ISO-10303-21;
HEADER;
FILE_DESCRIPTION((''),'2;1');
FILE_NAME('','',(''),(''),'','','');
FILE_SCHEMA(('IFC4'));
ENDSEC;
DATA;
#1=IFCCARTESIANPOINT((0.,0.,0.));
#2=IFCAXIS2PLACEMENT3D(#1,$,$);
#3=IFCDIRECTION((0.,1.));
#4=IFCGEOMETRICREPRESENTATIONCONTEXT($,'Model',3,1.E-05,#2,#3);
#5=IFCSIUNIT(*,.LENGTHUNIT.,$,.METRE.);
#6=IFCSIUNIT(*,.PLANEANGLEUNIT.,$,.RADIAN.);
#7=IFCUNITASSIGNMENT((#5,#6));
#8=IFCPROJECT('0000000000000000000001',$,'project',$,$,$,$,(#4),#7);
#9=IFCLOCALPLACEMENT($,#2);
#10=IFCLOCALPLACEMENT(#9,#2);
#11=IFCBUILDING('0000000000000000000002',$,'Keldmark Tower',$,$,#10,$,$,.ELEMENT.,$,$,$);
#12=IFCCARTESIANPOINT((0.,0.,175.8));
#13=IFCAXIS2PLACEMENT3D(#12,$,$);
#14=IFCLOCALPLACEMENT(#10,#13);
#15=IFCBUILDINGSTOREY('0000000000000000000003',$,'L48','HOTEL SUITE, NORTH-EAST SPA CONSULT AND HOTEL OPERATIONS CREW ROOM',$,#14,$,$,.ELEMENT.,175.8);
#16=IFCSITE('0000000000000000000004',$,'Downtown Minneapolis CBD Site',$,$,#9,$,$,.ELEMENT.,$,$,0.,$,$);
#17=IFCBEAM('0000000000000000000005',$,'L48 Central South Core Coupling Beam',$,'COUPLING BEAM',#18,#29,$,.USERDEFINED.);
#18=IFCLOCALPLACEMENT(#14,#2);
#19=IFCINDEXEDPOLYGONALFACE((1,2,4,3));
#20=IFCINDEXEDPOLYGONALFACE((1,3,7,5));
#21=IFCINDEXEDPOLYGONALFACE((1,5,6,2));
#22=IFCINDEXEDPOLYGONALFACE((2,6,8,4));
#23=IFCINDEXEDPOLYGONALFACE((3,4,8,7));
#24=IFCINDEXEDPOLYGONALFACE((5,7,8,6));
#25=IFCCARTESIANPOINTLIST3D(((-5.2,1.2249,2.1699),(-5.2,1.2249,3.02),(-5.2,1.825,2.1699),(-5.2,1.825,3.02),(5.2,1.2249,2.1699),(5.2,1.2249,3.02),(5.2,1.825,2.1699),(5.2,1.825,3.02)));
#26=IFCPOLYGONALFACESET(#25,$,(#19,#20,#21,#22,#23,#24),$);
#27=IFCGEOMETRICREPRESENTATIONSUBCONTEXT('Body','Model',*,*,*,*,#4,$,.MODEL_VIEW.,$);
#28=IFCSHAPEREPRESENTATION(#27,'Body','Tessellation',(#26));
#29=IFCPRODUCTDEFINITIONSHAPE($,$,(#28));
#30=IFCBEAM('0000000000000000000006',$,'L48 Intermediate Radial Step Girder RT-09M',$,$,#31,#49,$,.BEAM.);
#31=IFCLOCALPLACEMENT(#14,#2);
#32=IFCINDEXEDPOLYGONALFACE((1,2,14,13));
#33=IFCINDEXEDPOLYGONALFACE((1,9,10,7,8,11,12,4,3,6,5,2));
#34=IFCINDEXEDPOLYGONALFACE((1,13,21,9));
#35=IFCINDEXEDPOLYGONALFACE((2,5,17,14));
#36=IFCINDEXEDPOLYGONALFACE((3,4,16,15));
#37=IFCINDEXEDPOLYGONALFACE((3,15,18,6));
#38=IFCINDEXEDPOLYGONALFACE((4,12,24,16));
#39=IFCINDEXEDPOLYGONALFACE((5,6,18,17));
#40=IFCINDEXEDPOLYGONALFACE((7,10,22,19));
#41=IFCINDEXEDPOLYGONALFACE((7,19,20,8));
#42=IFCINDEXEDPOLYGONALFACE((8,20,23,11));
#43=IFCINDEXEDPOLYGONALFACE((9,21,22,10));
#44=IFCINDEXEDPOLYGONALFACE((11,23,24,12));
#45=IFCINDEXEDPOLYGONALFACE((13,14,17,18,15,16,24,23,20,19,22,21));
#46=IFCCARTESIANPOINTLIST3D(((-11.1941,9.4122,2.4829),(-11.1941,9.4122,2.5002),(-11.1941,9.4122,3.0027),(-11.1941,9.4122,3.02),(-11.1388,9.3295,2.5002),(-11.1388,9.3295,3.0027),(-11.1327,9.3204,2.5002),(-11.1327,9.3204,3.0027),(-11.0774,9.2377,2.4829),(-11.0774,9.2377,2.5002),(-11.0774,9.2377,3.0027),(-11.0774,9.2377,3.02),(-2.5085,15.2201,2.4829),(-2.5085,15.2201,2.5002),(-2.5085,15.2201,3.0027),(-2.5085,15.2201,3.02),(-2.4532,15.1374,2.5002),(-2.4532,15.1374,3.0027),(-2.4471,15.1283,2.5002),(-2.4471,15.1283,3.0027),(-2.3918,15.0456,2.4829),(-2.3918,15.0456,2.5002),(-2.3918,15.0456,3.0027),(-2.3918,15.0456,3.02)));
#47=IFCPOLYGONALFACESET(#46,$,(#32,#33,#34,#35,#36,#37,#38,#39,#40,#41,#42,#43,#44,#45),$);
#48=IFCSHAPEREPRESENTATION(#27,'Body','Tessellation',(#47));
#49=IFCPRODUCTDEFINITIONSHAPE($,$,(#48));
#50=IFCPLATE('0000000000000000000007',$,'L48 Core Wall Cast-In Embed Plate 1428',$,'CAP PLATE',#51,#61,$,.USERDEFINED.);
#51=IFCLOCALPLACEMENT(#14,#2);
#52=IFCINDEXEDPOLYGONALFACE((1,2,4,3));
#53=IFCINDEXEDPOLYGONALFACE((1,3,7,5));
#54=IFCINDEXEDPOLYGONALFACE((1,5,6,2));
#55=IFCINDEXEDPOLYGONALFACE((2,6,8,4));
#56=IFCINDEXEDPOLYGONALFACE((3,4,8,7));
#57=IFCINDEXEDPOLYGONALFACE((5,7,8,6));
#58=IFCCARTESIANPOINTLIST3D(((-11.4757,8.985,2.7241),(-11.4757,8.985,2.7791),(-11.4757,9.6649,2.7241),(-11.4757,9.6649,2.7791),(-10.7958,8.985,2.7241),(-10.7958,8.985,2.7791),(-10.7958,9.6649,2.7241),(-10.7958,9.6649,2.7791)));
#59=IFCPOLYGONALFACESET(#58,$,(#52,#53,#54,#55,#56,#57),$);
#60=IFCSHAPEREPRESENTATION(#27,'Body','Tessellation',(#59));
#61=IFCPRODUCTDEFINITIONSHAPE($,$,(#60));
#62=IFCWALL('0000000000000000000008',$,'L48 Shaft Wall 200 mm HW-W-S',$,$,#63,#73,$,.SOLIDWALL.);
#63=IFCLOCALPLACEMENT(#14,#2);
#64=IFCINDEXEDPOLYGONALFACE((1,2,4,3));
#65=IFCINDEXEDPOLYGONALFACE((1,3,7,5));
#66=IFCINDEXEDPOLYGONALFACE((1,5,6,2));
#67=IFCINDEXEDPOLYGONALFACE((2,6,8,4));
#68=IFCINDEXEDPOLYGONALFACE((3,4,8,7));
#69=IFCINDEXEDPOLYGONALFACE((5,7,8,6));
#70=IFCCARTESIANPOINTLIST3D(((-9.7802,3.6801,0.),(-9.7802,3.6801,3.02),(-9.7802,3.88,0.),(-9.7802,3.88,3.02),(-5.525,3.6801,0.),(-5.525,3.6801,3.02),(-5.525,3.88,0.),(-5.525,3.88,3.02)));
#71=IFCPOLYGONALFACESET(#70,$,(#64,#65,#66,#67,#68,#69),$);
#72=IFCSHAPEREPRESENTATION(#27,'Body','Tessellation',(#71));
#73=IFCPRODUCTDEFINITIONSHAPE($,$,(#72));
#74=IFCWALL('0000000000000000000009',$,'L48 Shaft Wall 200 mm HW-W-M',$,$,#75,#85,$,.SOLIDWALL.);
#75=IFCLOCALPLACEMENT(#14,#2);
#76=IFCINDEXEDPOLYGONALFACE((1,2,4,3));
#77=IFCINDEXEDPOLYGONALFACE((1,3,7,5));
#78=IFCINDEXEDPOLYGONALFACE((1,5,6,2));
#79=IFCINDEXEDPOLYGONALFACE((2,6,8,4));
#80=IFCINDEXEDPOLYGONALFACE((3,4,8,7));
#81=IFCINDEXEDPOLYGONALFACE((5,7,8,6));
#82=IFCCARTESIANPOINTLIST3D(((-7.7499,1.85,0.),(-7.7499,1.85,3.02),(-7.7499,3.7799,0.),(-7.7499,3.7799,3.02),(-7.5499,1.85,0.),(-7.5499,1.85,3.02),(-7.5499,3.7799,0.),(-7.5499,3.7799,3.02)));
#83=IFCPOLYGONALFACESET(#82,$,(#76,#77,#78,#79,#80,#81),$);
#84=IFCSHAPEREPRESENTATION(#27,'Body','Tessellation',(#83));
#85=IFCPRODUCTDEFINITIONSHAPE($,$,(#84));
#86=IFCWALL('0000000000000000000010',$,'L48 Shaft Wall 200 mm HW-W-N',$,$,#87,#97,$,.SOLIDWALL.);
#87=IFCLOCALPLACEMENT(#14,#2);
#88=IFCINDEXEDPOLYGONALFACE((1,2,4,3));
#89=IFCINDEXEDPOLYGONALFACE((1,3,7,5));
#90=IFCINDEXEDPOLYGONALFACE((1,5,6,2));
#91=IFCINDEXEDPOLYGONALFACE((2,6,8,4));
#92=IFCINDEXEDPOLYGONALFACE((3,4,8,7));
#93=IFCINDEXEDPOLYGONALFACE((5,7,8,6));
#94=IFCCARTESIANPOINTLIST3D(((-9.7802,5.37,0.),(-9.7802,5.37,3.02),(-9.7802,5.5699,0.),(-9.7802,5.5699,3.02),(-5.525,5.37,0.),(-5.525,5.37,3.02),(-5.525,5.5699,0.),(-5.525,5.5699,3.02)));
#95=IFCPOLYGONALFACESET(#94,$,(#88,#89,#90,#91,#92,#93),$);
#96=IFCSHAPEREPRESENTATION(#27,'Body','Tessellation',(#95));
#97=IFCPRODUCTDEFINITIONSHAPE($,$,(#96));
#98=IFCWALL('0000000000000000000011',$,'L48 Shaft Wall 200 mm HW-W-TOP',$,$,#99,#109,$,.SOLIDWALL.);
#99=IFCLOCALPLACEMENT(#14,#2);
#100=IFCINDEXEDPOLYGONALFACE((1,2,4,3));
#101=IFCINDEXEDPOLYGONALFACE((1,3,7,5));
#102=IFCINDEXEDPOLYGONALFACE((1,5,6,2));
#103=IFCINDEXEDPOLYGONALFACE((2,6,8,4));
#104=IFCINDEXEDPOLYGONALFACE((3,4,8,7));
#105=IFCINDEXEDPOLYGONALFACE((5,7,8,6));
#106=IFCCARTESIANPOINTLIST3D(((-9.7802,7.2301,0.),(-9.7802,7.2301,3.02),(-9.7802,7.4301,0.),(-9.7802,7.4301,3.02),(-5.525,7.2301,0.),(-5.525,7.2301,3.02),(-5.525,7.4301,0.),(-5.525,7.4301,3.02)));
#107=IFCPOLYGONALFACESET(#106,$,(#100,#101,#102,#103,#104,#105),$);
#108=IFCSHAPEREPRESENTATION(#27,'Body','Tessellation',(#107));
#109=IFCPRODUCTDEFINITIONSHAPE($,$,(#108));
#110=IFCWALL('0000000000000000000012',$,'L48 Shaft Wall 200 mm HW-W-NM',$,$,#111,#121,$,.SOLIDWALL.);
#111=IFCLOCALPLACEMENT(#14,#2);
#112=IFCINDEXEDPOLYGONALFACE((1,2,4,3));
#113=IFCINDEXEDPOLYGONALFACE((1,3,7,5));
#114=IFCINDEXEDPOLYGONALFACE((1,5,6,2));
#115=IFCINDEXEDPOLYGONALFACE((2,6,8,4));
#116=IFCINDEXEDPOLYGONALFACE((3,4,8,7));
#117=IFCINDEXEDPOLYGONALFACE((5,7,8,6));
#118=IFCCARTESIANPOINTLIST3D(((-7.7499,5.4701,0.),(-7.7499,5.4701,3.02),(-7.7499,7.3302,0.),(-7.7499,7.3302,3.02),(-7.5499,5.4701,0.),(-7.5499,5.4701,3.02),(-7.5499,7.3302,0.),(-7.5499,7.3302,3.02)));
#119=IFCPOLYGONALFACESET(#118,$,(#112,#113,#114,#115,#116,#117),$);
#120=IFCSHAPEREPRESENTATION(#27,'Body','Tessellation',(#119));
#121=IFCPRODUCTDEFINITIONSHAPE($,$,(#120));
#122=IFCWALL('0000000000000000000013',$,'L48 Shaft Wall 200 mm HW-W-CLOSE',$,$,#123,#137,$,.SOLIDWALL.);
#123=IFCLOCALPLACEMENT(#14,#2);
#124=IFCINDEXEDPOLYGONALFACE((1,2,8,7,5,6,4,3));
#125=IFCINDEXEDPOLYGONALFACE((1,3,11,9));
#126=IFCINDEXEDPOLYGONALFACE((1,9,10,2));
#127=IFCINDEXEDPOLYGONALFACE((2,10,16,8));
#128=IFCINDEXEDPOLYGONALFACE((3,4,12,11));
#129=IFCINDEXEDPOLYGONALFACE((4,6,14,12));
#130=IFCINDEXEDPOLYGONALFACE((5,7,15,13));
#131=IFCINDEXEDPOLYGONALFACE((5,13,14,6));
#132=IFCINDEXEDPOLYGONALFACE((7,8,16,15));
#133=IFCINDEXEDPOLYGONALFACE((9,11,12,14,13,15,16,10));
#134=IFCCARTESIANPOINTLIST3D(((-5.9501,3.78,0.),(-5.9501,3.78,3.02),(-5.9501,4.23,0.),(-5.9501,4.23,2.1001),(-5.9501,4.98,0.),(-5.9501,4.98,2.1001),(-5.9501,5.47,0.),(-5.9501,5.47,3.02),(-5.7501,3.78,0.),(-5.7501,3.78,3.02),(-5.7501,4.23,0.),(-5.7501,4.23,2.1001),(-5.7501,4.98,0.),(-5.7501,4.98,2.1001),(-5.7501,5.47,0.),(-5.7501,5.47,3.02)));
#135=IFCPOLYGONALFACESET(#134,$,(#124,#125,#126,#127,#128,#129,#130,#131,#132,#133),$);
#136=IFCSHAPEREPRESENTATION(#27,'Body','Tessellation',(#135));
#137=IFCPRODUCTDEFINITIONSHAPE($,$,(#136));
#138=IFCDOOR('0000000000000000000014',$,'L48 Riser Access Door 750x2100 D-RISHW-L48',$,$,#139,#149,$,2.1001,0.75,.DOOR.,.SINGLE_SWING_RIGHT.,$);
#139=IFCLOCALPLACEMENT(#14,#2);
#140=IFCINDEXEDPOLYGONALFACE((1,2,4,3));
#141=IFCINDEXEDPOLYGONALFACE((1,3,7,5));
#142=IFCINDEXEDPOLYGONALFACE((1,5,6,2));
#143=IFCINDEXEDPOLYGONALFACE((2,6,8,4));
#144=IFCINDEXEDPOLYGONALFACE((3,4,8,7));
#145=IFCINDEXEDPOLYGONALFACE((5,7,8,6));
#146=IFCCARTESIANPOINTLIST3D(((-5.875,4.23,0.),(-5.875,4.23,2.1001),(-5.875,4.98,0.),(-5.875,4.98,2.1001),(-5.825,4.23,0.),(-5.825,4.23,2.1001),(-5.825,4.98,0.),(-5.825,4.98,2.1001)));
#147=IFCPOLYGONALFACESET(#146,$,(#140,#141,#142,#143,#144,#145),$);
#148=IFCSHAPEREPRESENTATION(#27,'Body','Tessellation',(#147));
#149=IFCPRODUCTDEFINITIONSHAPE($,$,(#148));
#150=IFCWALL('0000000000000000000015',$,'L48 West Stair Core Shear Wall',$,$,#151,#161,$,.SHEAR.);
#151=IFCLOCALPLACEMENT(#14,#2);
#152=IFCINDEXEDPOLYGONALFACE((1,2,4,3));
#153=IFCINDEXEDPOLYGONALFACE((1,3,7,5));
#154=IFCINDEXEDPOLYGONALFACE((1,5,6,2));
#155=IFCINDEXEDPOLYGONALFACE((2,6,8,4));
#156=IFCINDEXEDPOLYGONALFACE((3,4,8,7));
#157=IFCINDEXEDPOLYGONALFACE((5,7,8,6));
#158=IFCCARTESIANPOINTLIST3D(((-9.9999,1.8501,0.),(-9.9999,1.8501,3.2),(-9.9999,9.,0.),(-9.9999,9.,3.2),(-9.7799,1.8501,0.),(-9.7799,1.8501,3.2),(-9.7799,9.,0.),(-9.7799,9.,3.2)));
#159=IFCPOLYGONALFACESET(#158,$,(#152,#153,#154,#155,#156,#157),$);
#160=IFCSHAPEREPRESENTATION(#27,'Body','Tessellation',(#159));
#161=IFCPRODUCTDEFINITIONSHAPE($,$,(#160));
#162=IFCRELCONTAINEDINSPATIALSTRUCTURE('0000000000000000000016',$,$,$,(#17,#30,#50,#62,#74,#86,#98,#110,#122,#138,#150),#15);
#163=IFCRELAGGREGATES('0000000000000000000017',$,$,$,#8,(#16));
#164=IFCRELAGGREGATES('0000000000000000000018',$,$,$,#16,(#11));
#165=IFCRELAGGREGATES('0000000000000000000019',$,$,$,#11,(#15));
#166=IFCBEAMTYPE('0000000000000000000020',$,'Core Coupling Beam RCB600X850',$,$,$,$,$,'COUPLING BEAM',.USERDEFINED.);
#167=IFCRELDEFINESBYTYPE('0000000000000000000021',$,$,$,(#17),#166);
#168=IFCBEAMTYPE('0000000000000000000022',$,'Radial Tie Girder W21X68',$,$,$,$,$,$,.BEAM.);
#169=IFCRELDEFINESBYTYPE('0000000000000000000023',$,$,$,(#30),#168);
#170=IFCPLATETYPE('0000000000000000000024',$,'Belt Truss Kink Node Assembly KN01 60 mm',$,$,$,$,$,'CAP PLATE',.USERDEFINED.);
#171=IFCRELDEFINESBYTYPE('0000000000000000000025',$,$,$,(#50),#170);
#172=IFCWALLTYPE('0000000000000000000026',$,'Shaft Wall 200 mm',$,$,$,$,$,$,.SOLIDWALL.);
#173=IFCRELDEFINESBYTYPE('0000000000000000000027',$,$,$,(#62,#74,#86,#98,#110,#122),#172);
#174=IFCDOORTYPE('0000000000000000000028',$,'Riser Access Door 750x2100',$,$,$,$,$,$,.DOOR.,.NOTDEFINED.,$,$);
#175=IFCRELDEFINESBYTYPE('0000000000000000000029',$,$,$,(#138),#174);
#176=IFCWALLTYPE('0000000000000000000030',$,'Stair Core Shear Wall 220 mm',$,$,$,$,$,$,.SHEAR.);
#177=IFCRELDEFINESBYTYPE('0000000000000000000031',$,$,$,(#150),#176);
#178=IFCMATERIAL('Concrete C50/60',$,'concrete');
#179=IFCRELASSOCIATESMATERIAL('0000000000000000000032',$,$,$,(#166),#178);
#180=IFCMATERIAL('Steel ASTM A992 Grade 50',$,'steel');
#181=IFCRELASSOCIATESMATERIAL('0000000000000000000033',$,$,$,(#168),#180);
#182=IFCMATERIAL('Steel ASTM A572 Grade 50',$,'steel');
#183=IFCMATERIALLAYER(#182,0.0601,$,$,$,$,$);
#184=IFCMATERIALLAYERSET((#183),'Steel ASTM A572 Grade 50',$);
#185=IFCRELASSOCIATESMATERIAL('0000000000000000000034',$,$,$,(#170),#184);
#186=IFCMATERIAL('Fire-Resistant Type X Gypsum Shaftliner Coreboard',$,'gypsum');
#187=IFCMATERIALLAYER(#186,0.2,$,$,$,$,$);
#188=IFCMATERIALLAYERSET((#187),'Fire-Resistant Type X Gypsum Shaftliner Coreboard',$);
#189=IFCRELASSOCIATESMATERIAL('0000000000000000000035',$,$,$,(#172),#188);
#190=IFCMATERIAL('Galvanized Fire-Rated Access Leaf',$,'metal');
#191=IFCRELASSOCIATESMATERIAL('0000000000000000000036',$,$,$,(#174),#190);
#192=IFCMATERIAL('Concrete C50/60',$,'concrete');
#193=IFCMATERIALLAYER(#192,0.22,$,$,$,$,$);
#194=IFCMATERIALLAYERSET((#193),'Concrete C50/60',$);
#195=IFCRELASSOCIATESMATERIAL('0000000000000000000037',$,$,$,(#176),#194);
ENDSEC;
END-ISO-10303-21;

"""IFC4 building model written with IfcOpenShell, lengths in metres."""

from ifc_helpers import new_model, si_unit, direction, frame, frame_2d, origin, origin_2d, place, context, subcontext, project, spatial, rectangle, i_section, extrude, material, layer, layer_set, material_profile, profile_set, type_object, element, fill, save


model = new_model("IFC4")

# Units and contexts
model_context = context("Model", 3, precision=1e-05, world=origin(), true_north=direction((0.0, 1.0)))
body_context = subcontext(model_context, "Body", "Model", "MODEL_VIEW")
ifc_project = project(units=[si_unit("LENGTHUNIT", "METRE"), si_unit("PLANEANGLEUNIT", "RADIAN")], contexts=[model_context])

# Site, building, storey
site_placement = place(None, origin())
site = spatial("IfcSite", under=ifc_project, at=site_placement, Name="Downtown Minneapolis CBD Site", CompositionType="ELEMENT", RefElevation=0.0)
building_placement = place(site_placement, origin())
building = spatial("IfcBuilding", under=site, at=building_placement, Name="Keldmark Tower", CompositionType="ELEMENT")
storey_placement = place(building_placement, frame((0.0, 0.0, 175.8)))
storey = spatial("IfcBuildingStorey", under=building, at=storey_placement, Name="L48", Description="HOTEL SUITE, NORTH-EAST SPA CONSULT AND HOTEL OPERATIONS CREW ROOM", CompositionType="ELEMENT", Elevation=175.8)

# Beams
ifc_material_1 = material(Name="Concrete C50/60", Category="concrete")
ifc_material_profile_1 = material_profile(ifc_material_1, rectangle(XDim=0.6001, YDim=0.8501, at=origin_2d()), Name="RCB600X850")
ifc_profile_set_1 = profile_set([ifc_material_profile_1], Name="Concrete C50/60")
beam_type_1 = type_object("IfcBeamType", Name="Core Coupling Beam RCB600X850", ElementType="COUPLING BEAM", PredefinedType="USERDEFINED", material=ifc_profile_set_1)
beam_1_placement = place(storey_placement, frame((-5.2, 1.5249, 2.595), z_axis=(1.0, 0.0, 0.0), x_axis=(0.0, 1.0, 0.0)))
element("IfcBeam", 1, at=beam_1_placement, inside=storey, type_object=beam_type_1, Name="L48 Central South Core Coupling Beam", ObjectType="COUPLING BEAM", PredefinedType="USERDEFINED", context=body_context, shape_type="SweptSolid", body=[
    extrude(rectangle(XDim=0.6001, YDim=0.8501, at=origin_2d()), origin(), (0.0, 0.0, 1.0), 10.3999),
])
ifc_material_2 = material(Name="Steel ASTM A992 Grade 50", Category="steel")
ifc_material_profile_2 = material_profile(ifc_material_2, i_section(OverallWidth=0.21, OverallDepth=0.5371, WebThickness=0.011, FlangeThickness=0.0173, at=origin_2d()), Name="W21X68")
ifc_profile_set_2 = profile_set([ifc_material_profile_2], Name="Steel ASTM A992 Grade 50")
beam_type_2 = type_object("IfcBeamType", Name="Radial Tie Girder W21X68", PredefinedType="BEAM", material=ifc_profile_set_2)
beam_2_placement = place(storey_placement, frame((-11.1357, 9.325, 2.7515), z_axis=(0.831277, 0.555859, 0.0), x_axis=(-0.555859, 0.831277, 0.0)))
element("IfcBeam", 2, at=beam_2_placement, inside=storey, type_object=beam_type_2, Name="L48 Intermediate Radial Step Girder RT-09M", PredefinedType="BEAM", context=body_context, shape_type="SweptSolid", body=[
    extrude(i_section(OverallWidth=0.21, OverallDepth=0.5371, WebThickness=0.011, FlangeThickness=0.0173, at=origin_2d()), origin(), (0.0, 0.0, 1.0), 10.4485),
])

# Plate
ifc_material_3 = material(Name="Steel ASTM A572 Grade 50", Category="steel")
ifc_layer_1 = layer(ifc_material_3, 0.0601)
ifc_layer_set_1 = layer_set([ifc_layer_1], Name="Steel ASTM A572 Grade 50")
plate_type = type_object("IfcPlateType", Name="Belt Truss Kink Node Assembly KN01 60 mm", ElementType="CAP PLATE", PredefinedType="USERDEFINED", material=ifc_layer_set_1)
plate_placement = place(storey_placement, frame((-11.1357, 9.325, 2.7241), z_axis=(0.0, 0.0, 1.0), x_axis=(1.0, 0.0, 0.0)))
element("IfcPlate", 3, at=plate_placement, inside=storey, type_object=plate_type, Name="L48 Core Wall Cast-In Embed Plate 1428", ObjectType="CAP PLATE", PredefinedType="USERDEFINED", context=body_context, shape_type="SweptSolid", body=[
    extrude(rectangle(XDim=0.6799, YDim=0.6799, at=origin_2d()), origin(), (0.0, 0.0, 1.0), 0.0549),
])

# Walls
ifc_material_4 = material(Name="Fire-Resistant Type X Gypsum Shaftliner Coreboard", Category="gypsum")
ifc_layer_2 = layer(ifc_material_4, 0.2)
ifc_layer_set_2 = layer_set([ifc_layer_2], Name="Fire-Resistant Type X Gypsum Shaftliner Coreboard")
wall_type_1 = type_object("IfcWallType", Name="Shaft Wall 200 mm", PredefinedType="SOLIDWALL", material=ifc_layer_set_2)
wall_1_placement = place(storey_placement, frame((-9.78, 3.78, 0.0), z_axis=(0.0, 0.0, 1.0), x_axis=(1.0, 0.0, 0.0)))
element("IfcWall", 4, at=wall_1_placement, inside=storey, type_object=wall_type_1, Name="L48 Shaft Wall 200 mm HW-W-S", PredefinedType="SOLIDWALL", context=body_context, shape_type="SweptSolid", body=[
    extrude(rectangle(XDim=4.2551, YDim=0.2, at=frame_2d((2.1274, 0.0))), origin(), (0.0, 0.0, 1.0), 3.02),
])
wall_2_placement = place(storey_placement, frame((-7.6499, 1.8501, 0.0), z_axis=(0.0, 0.0, 1.0), x_axis=(0.0, 1.0, 0.0)))
element("IfcWall", 5, at=wall_2_placement, inside=storey, type_object=wall_type_1, Name="L48 Shaft Wall 200 mm HW-W-M", PredefinedType="SOLIDWALL", context=body_context, shape_type="SweptSolid", body=[
    extrude(rectangle(XDim=1.9299, YDim=0.2, at=frame_2d((0.9648, 0.0))), origin(), (0.0, 0.0, 1.0), 3.02),
])
for number, where, z_axis, x_axis, name in (
    (6, (-9.78, 5.47, 0.0), (0.0, 0.0, 1.0), (1.0, 0.0, 0.0), "L48 Shaft Wall 200 mm HW-W-N"),
    (7, (-9.78, 7.3301, 0.0), (0.0, 0.0, 1.0), (1.0, 0.0, 0.0), "L48 Shaft Wall 200 mm HW-W-TOP"),
):
    element("IfcWall", number, at=place(storey_placement, frame(where, z_axis=z_axis, x_axis=x_axis)), inside=storey, type_object=wall_type_1, Name=name, PredefinedType="SOLIDWALL", context=body_context, shape_type="SweptSolid", body=[
        extrude(rectangle(XDim=4.2551, YDim=0.2, at=frame_2d((2.1274, 0.0))), origin(), (0.0, 0.0, 1.0), 3.02),
    ])
wall_3_placement = place(storey_placement, frame((-7.6499, 5.47, 0.0), z_axis=(0.0, 0.0, 1.0), x_axis=(0.0, 1.0, 0.0)))
element("IfcWall", 8, at=wall_3_placement, inside=storey, type_object=wall_type_1, Name="L48 Shaft Wall 200 mm HW-W-NM", PredefinedType="SOLIDWALL", context=body_context, shape_type="SweptSolid", body=[
    extrude(rectangle(XDim=1.8601, YDim=0.2, at=frame_2d((0.9302, 0.0))), origin(), (0.0, 0.0, 1.0), 3.02),
])

# Wall, opening, door
wall_4_placement = place(storey_placement, frame((-5.8501, 3.78, 0.0), z_axis=(0.0, 0.0, 1.0), x_axis=(0.0, 1.0, 0.0)))
wall_4 = element("IfcWall", 9, at=wall_4_placement, inside=storey, type_object=wall_type_1, Name="L48 Shaft Wall 200 mm HW-W-CLOSE", PredefinedType="SOLIDWALL", context=body_context, shape_type="SweptSolid", body=[
    extrude(rectangle(XDim=1.6899, YDim=0.2, at=frame_2d((0.845, 0.0))), origin(), (0.0, 0.0, 1.0), 3.02),
])
opening_placement = place(wall_4_placement, frame((0.45, 0.0, 0.0)))
opening = element("IfcOpeningElement", 10, at=opening_placement, cuts=wall_4, PredefinedType="OPENING", context=body_context, shape_type="SweptSolid", body=[
    extrude(rectangle(XDim=0.75, YDim=2.1001, at=frame_2d((0.375, 1.05))), frame((0.0, 0.1099, 0.0), z_axis=(0.0, -1.0, 0.0), x_axis=(1.0, 0.0, 0.0)), (0.0, 0.0, 1.0), 0.22),
])
ifc_material_5 = material(Name="Galvanized Fire-Rated Access Leaf", Category="metal")
door_type = type_object("IfcDoorType", Name="Riser Access Door 750x2100", OperationType="NOTDEFINED", PredefinedType="DOOR", material=ifc_material_5)
door_placement = place(opening_placement, origin())
door = element("IfcDoor", 11, at=door_placement, inside=storey, type_object=door_type, Name="L48 Riser Access Door 750x2100 D-RISHW-L48", OperationType="SINGLE_SWING_RIGHT", OverallHeight=2.1001, OverallWidth=0.75, PredefinedType="DOOR", context=body_context, shape_type="SweptSolid", body=[
    extrude(rectangle(XDim=0.75, YDim=2.1001, at=frame_2d((0.375, 1.05))), frame((0.0, 0.0249, 0.0), z_axis=(0.0, -1.0, 0.0), x_axis=(1.0, 0.0, 0.0)), (0.0, 0.0, 1.0), 0.05),
])
fill(opening, door)

# Wall
ifc_material_6 = material(Name="Concrete C50/60", Category="concrete")
ifc_layer_3 = layer(ifc_material_6, 0.22)
ifc_layer_set_3 = layer_set([ifc_layer_3], Name="Concrete C50/60")
wall_type_2 = type_object("IfcWallType", Name="Stair Core Shear Wall 220 mm", PredefinedType="SHEAR", material=ifc_layer_set_3)
wall_5_placement = place(storey_placement, frame((-9.8899, 1.8501, 0.0), z_axis=(0.0, 0.0, 1.0), x_axis=(0.0, 1.0, 0.0)))
element("IfcWall", 12, at=wall_5_placement, inside=storey, type_object=wall_type_2, Name="L48 West Stair Core Shear Wall", PredefinedType="SHEAR", context=body_context, shape_type="SweptSolid", body=[
    extrude(rectangle(XDim=7.1499, YDim=0.22, at=frame_2d((3.575, 0.0))), origin(), (0.0, 0.0, 1.0), 3.2),
])

save(model, "model.ifc")
